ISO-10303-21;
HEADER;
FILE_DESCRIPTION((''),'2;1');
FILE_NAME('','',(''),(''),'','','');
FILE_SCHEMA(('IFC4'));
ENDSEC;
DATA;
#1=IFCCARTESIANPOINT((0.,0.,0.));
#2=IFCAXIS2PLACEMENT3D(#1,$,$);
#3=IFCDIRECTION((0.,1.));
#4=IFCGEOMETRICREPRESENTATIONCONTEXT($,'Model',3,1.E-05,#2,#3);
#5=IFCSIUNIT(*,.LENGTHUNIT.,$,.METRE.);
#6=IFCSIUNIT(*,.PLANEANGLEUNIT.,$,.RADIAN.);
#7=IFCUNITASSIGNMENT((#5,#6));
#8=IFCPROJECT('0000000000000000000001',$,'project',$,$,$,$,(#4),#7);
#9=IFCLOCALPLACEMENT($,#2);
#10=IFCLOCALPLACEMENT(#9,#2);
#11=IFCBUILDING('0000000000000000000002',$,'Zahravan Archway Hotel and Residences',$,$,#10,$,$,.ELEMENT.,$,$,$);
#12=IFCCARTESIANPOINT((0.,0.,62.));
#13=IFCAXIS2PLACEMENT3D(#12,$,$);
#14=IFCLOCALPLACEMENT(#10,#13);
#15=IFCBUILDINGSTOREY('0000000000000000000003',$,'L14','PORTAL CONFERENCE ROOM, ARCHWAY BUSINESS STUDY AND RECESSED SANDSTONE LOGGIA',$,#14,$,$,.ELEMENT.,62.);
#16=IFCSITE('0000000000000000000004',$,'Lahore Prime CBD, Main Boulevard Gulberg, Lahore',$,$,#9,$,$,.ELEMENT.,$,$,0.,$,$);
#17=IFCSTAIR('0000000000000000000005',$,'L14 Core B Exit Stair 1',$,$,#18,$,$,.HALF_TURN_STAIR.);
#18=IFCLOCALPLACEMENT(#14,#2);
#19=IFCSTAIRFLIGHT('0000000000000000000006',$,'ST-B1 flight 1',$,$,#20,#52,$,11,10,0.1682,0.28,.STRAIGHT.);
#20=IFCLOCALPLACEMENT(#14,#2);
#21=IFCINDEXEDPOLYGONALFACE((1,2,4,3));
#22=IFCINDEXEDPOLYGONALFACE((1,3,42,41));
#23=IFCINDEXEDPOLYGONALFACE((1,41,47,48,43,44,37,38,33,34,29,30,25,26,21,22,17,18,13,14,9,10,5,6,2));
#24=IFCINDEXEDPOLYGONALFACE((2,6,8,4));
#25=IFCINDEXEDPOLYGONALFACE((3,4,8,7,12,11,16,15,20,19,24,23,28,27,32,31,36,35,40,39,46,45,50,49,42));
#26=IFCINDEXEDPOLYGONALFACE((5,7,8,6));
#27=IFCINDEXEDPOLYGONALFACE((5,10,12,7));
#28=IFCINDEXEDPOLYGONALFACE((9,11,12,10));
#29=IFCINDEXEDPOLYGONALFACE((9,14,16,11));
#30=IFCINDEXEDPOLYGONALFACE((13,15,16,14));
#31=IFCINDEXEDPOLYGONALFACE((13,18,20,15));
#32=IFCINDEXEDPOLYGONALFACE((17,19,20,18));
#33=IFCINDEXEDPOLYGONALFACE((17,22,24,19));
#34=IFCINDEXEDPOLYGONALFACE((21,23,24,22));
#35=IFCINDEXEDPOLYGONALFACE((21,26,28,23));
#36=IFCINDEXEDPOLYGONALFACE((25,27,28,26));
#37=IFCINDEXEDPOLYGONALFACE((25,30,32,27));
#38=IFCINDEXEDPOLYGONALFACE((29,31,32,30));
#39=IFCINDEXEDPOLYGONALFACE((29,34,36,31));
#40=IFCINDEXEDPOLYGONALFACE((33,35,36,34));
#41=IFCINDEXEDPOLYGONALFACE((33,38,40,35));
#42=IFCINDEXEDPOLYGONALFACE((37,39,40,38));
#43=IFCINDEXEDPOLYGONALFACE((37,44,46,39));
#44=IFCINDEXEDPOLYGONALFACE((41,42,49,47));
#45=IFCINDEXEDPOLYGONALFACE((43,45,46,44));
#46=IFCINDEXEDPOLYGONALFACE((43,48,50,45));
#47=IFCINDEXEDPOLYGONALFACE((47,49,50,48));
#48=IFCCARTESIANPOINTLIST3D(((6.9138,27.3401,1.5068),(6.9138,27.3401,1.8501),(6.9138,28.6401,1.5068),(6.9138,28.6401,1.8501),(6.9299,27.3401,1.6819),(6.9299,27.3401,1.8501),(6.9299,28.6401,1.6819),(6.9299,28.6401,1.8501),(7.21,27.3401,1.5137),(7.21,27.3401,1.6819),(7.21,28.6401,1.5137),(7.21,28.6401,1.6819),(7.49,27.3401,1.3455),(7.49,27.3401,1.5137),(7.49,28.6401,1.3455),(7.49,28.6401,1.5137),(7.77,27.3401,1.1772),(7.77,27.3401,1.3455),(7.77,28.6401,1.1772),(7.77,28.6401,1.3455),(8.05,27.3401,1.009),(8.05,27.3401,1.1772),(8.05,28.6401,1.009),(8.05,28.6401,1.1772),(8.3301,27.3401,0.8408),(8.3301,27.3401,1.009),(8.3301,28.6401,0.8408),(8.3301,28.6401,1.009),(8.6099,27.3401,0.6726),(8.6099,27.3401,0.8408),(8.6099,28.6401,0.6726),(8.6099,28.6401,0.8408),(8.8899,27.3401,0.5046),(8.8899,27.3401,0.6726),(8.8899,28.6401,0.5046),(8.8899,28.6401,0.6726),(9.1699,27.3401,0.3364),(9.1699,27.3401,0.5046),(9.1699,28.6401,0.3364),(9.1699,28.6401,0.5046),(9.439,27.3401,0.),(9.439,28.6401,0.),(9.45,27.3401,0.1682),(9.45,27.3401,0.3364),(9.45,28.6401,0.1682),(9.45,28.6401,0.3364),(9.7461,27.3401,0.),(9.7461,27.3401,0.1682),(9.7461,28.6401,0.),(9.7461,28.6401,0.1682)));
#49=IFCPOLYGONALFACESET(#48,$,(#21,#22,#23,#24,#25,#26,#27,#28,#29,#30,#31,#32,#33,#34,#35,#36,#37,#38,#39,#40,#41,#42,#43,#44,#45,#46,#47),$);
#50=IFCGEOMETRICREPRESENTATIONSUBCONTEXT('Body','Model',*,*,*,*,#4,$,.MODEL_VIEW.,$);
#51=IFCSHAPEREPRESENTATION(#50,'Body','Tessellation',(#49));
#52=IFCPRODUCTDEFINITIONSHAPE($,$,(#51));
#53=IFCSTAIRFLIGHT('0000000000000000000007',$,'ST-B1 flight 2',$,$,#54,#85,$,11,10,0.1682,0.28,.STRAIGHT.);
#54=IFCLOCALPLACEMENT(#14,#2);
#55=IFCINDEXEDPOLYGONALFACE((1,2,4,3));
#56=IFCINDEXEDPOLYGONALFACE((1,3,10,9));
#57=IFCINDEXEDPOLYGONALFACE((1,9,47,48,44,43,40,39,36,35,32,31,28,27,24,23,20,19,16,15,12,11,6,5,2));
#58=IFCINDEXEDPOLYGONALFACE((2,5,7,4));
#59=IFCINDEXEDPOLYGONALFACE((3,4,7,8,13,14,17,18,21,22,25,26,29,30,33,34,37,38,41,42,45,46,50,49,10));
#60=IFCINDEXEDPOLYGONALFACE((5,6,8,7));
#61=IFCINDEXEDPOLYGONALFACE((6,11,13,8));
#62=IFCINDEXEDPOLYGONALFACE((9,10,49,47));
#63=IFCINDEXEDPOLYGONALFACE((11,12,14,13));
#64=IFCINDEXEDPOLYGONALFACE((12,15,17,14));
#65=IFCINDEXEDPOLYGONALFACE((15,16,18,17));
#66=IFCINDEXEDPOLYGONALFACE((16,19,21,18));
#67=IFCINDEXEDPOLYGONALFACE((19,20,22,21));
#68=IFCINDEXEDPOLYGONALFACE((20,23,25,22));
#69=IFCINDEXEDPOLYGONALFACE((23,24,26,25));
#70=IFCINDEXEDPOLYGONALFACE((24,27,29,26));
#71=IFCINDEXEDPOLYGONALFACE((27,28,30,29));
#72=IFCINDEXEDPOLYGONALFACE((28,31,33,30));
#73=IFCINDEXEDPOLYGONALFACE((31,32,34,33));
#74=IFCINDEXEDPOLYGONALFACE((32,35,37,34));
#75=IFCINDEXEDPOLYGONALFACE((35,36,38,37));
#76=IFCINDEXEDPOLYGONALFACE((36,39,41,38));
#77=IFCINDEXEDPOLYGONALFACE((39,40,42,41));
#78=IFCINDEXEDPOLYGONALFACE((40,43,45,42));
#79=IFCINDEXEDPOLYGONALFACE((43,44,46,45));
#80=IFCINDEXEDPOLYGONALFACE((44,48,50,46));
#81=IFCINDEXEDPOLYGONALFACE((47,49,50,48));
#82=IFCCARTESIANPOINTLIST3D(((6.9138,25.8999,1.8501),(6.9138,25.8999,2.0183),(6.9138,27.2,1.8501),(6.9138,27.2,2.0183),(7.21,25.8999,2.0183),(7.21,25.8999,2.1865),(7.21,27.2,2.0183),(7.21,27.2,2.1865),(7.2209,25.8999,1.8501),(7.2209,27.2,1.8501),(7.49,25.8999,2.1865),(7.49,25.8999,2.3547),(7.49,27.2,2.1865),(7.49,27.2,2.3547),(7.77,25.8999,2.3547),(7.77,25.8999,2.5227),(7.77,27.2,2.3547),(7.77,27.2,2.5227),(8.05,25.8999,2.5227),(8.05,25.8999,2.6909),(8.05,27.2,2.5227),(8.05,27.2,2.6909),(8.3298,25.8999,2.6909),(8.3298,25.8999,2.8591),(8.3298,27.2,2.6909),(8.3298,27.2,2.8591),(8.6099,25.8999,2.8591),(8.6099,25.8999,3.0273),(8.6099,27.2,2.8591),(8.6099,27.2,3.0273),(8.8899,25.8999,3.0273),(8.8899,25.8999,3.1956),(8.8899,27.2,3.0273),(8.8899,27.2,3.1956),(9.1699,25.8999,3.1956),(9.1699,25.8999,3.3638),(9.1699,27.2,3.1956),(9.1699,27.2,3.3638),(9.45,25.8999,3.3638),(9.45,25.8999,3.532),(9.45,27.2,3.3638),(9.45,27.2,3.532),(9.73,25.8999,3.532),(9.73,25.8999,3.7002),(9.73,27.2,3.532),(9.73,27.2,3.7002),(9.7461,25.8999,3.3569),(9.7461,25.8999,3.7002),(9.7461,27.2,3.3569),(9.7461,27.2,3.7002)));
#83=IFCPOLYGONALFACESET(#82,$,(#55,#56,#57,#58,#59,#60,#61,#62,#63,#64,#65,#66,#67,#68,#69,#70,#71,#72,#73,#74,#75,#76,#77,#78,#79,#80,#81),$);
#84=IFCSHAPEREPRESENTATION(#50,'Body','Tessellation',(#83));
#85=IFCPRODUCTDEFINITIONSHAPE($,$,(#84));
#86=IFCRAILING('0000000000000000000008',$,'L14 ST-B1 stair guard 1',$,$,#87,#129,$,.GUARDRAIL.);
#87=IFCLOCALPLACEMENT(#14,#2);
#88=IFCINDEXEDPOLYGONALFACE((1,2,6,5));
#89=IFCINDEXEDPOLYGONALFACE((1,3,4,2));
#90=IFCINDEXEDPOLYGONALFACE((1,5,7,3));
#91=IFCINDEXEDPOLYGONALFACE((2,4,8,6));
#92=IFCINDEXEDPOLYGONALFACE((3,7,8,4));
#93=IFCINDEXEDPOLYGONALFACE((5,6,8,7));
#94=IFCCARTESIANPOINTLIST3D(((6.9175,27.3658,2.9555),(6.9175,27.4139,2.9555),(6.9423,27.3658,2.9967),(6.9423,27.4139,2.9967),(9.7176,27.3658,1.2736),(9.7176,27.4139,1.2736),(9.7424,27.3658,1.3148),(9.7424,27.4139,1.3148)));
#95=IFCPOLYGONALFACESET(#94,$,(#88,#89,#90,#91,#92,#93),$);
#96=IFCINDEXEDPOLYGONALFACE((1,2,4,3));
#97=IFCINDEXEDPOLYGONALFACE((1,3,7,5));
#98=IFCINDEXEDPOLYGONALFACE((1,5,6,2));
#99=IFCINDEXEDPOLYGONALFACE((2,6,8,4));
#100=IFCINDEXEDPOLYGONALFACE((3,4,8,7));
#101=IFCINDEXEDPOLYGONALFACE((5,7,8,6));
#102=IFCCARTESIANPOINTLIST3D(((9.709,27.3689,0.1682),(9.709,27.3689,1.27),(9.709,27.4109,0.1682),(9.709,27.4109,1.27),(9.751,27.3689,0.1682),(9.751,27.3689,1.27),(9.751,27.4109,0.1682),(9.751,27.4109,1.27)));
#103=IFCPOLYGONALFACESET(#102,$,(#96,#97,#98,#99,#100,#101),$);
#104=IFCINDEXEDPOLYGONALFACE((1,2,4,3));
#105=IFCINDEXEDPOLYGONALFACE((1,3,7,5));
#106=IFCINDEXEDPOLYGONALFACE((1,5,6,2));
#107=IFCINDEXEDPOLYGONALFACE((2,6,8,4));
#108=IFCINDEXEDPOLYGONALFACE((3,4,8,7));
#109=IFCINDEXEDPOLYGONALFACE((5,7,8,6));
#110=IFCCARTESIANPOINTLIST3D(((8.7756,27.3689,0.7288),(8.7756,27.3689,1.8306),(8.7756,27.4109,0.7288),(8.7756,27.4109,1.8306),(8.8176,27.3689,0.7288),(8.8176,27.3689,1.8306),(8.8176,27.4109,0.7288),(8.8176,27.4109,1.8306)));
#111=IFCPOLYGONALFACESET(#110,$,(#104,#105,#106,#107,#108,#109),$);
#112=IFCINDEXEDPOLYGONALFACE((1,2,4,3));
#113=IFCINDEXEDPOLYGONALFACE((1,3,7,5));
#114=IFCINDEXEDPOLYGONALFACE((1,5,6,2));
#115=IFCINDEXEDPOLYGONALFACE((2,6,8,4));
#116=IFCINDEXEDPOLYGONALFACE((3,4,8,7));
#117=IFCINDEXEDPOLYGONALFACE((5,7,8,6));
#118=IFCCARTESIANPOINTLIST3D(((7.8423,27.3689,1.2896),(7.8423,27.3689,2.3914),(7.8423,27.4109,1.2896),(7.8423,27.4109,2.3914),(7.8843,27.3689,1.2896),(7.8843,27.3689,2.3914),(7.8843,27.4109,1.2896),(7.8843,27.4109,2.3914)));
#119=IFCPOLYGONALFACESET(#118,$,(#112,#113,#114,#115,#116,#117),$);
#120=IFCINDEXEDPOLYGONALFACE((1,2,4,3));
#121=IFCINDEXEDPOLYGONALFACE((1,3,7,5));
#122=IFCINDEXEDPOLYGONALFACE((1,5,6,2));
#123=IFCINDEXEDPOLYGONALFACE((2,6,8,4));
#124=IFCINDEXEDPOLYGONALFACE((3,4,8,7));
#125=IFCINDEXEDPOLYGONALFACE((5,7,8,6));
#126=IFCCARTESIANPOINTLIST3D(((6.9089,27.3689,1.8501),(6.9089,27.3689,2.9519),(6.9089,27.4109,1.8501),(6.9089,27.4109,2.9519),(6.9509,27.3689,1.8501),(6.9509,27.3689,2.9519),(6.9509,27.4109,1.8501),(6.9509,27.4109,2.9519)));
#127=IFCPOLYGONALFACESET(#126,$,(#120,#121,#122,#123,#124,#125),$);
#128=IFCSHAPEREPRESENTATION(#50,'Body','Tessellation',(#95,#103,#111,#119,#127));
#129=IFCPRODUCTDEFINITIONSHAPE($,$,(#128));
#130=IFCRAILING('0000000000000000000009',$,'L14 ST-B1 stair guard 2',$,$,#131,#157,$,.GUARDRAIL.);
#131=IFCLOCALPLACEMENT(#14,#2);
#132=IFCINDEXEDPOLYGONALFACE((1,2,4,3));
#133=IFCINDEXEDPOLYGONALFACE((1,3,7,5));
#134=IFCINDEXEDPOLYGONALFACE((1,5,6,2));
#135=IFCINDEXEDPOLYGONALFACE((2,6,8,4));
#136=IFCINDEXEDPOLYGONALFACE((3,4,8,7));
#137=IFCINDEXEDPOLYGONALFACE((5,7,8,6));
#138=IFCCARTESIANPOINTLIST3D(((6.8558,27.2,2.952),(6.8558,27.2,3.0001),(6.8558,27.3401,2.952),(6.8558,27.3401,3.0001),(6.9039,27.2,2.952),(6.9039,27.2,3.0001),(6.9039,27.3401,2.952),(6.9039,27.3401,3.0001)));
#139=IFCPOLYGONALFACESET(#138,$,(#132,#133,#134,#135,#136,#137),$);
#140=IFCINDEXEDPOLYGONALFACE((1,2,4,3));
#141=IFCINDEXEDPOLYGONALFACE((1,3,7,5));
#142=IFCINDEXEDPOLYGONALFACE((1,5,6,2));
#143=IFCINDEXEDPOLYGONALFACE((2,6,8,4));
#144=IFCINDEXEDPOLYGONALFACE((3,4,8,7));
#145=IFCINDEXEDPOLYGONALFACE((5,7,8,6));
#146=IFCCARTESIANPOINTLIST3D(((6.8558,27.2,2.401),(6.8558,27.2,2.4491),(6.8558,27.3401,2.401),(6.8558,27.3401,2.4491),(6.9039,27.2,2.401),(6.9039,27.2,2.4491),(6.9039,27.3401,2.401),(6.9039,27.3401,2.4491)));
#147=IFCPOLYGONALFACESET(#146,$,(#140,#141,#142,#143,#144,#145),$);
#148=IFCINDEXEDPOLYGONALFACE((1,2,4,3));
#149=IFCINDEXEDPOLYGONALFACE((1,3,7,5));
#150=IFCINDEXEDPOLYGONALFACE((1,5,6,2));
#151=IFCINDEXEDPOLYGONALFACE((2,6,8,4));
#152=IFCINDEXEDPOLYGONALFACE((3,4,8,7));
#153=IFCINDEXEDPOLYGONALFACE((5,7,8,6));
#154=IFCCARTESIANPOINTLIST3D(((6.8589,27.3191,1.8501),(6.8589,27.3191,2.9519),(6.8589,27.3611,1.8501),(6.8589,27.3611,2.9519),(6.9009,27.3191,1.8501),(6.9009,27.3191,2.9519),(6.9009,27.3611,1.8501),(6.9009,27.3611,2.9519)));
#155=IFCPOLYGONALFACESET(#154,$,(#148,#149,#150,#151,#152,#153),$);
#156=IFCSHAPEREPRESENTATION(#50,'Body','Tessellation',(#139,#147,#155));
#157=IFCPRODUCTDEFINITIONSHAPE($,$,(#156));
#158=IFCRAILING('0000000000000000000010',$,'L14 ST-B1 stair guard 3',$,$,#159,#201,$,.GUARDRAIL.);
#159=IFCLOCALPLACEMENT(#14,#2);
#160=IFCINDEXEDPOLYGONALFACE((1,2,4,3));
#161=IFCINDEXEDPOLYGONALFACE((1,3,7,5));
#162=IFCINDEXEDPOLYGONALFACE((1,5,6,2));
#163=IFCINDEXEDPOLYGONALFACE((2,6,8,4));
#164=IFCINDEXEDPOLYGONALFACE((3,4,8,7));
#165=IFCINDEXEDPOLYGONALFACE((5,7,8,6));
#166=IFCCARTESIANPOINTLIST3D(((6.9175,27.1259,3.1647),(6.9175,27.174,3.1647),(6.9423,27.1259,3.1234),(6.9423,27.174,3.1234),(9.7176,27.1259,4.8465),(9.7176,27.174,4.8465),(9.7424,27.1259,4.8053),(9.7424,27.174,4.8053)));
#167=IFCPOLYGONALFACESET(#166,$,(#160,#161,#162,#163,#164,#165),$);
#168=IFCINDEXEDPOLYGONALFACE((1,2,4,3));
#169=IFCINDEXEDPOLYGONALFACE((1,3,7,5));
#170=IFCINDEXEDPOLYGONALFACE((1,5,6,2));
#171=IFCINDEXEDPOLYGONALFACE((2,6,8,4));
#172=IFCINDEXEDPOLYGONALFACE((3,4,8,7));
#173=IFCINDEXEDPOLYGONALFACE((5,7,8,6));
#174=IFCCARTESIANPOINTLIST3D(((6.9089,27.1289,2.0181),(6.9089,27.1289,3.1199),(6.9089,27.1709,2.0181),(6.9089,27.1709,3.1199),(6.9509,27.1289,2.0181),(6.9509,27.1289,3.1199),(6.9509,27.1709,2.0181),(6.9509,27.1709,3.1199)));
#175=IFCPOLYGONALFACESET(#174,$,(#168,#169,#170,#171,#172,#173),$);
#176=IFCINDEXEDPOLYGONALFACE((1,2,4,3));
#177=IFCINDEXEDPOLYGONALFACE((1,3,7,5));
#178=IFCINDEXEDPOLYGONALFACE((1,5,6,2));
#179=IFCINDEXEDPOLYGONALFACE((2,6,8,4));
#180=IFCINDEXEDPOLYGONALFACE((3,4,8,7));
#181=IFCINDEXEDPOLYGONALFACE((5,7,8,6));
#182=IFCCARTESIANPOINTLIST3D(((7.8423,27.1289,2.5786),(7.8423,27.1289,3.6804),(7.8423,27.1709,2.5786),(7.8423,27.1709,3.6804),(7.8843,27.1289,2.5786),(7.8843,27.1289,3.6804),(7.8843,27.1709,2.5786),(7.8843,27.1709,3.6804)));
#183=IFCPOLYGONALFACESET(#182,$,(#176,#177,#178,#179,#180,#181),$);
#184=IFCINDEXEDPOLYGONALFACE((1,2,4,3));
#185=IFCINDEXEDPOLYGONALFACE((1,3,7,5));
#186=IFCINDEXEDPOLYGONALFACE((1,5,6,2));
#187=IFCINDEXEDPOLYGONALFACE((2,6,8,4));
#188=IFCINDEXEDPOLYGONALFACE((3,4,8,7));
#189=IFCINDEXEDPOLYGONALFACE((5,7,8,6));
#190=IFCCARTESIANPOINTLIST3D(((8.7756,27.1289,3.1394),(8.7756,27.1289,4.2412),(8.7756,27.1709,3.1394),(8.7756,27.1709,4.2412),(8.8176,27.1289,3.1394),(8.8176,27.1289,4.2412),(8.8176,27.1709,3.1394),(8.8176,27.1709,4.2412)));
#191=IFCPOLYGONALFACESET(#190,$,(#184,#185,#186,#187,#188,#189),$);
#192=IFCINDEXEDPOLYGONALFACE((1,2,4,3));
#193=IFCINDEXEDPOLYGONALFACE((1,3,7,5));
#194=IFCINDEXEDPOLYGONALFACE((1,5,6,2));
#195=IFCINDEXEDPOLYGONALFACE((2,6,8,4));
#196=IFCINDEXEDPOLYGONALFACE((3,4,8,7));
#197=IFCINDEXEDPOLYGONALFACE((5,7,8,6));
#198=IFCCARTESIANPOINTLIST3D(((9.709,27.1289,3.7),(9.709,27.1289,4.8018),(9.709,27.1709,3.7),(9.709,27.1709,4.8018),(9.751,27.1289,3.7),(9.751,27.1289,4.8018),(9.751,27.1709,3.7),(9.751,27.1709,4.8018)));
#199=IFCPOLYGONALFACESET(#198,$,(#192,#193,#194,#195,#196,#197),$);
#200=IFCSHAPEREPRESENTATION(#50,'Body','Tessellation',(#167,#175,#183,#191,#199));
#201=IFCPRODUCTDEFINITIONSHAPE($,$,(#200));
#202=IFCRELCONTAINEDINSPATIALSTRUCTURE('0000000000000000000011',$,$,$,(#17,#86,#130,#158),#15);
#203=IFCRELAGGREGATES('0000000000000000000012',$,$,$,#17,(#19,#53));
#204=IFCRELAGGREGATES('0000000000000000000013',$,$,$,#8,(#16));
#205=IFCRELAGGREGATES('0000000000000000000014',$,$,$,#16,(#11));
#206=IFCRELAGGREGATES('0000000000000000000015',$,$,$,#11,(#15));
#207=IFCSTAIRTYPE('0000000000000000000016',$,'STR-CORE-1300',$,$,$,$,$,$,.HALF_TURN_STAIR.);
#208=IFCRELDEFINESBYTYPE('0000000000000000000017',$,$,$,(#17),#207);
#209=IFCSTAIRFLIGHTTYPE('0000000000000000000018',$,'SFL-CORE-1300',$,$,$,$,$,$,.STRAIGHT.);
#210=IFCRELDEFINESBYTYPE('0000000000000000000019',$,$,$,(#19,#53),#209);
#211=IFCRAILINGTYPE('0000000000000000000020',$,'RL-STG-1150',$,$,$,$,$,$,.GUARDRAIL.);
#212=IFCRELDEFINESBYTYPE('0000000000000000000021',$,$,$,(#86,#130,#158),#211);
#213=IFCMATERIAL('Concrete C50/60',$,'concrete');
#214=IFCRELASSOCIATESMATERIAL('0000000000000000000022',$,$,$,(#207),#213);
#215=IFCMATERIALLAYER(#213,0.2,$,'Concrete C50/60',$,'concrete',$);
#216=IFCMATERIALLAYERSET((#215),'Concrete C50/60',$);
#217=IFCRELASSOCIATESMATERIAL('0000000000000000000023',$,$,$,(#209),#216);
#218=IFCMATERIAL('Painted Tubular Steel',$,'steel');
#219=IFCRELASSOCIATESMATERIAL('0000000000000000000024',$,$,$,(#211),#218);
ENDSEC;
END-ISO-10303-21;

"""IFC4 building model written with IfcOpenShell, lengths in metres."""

from ifc_helpers import new_model, si_unit, direction, frame, origin, origin_2d, place, context, subcontext, project, spatial, polyline, rectangle, outline, extrude, source, transform, mapped, material, layer, layer_set, type_object, element, aggregate, save


model = new_model("IFC4")

# Units and contexts
model_context = context("Model", 3, precision=1e-05, world=origin(), true_north=direction((0.0, 1.0)))
body_context = subcontext(model_context, "Body", "Model", "MODEL_VIEW")
ifc_project = project(units=[si_unit("LENGTHUNIT", "METRE"), si_unit("PLANEANGLEUNIT", "RADIAN")], contexts=[model_context])

# Site, building, storey
site_placement = place(None, origin())
site = spatial("IfcSite", under=ifc_project, at=site_placement, Name="Lahore Prime CBD, Main Boulevard Gulberg, Lahore", CompositionType="ELEMENT", RefElevation=0.0)
building_placement = place(site_placement, origin())
building = spatial("IfcBuilding", under=site, at=building_placement, Name="Zahravan Archway Hotel and Residences", CompositionType="ELEMENT")
storey_placement = place(building_placement, frame((0.0, 0.0, 62.0)))
storey = spatial("IfcBuildingStorey", under=building, at=storey_placement, Name="L14", Description="PORTAL CONFERENCE ROOM, ARCHWAY BUSINESS STUDY AND RECESSED SANDSTONE LOGGIA", CompositionType="ELEMENT", Elevation=62.0)

# Shared definitions
ifc_material_1 = material(Name="Concrete C50/60", Category="concrete")

# Stair, stair flights
stair_type = type_object("IfcStairType", Name="STR-CORE-1300", PredefinedType="HALF_TURN_STAIR", material=ifc_material_1)
stair_placement = place(storey_placement, origin())
stair = element("IfcStair", 1, at=stair_placement, inside=storey, type_object=stair_type, Name="L14 Core B Exit Stair 1", PredefinedType="HALF_TURN_STAIR")
ifc_layer_1 = layer(ifc_material_1, 0.2, Name="Concrete C50/60", Category="concrete")
ifc_layer_set_1 = layer_set([ifc_layer_1], Name="Concrete C50/60")
stair_flight_type = type_object("IfcStairFlightType", Name="SFL-CORE-1300", PredefinedType="STRAIGHT", material=ifc_layer_set_1)
shared_shape_1 = source(origin(), body_context, "Body", "SweptSolid", [
    extrude(outline(polyline([(-0.0161, 0.0), (-0.0161, 0.1682), (0.28, 0.1682), (0.28, 0.3364), (0.5601, 0.3364), (0.5601, 0.5046), (0.8401, 0.5046), (0.8401, 0.6726), (1.1201, 0.6726), (1.1201, 0.8408), (1.3999, 0.8408), (1.3999, 1.009), (1.6799, 1.009), (1.6799, 1.1772), (1.96, 1.1772), (1.96, 1.3455), (2.24, 1.3455), (2.24, 1.5137), (2.52, 1.5137), (2.52, 1.6819), (2.8, 1.6819), (2.8, 1.8501), (2.8162, 1.8501), (2.8162, 1.5068), (0.291, 0.0), (-0.0161, 0.0)])), frame((0.0, 0.6499, 0.0), z_axis=(0.0, -1.0, 0.0), x_axis=(1.0, 0.0, 0.0)), (0.0, 0.0, 1.0), 1.3),
])
stair_flight_1_placement = place(storey_placement, frame((9.73, 27.99, 0.0), z_axis=(0.0, 0.0, 1.0), x_axis=(-1.0, 0.0, 0.0)))
stair_flight_1 = element("IfcStairFlight", 2, at=stair_flight_1_placement, type_object=stair_flight_type, Name="ST-B1 flight 1", NumberOfRisers=11, NumberOfTreads=10, PredefinedType="STRAIGHT", RiserHeight=0.1682, TreadLength=0.28, context=body_context, shape_type="MappedRepresentation", body=[
    mapped(shared_shape_1, transform((0.0, 0.0, 0.0), scale=1.0)),
])
stair_flight_2_placement = place(storey_placement, frame((6.9299, 26.55, 1.8501), z_axis=(0.0, 0.0, 1.0), x_axis=(1.0, 0.0, 0.0)))
stair_flight_2 = element("IfcStairFlight", 3, at=stair_flight_2_placement, type_object=stair_flight_type, Name="ST-B1 flight 2", NumberOfRisers=11, NumberOfTreads=10, PredefinedType="STRAIGHT", RiserHeight=0.1682, TreadLength=0.28, context=body_context, shape_type="MappedRepresentation", body=[
    mapped(shared_shape_1, transform((0.0, 0.0, 0.0), scale=1.0)),
])
aggregate(stair, [stair_flight_1, stair_flight_2])

# Railings
ifc_material_2 = material(Name="Painted Tubular Steel", Category="steel")
railing_type_1 = type_object("IfcRailingType", Name="RL-STG-1150", PredefinedType="GUARDRAIL", material=ifc_material_2)
railing_1_placement = place(storey_placement, frame((9.73, 27.3899, 0.1682)))
element("IfcRailing", 4, at=railing_1_placement, inside=storey, type_object=railing_type_1, Name="L14 ST-B1 stair guard 1", PredefinedType="GUARDRAIL", context=body_context, shape_type="SweptSolid", body=[
    extrude(rectangle(XDim=0.0481, YDim=0.0481, at=origin_2d()), frame((0.0, 0.0, 1.126), z_axis=(-0.857242, 0.0, 0.514913), x_axis=(0.0, -1.0, 0.0)), (0.0, 0.0, 1.0), 3.2664),
    extrude(rectangle(XDim=0.042, YDim=0.042, at=origin_2d()), origin(), (0.0, 0.0, 1.0), 1.1018),
    extrude(rectangle(XDim=0.042, YDim=0.042, at=origin_2d()), frame((-0.9333, 0.0, 0.5605)), (0.0, 0.0, 1.0), 1.1018),
    extrude(rectangle(XDim=0.042, YDim=0.042, at=origin_2d()), frame((-1.8667, 0.0, 1.1213)), (0.0, 0.0, 1.0), 1.1018),
    extrude(rectangle(XDim=0.042, YDim=0.042, at=origin_2d()), frame((-2.8, 0.0, 1.6819)), (0.0, 0.0, 1.0), 1.1018),
])
railing_2_placement = place(storey_placement, frame((6.8799, 27.3401, 1.8501)))
element("IfcRailing", 5, at=railing_2_placement, inside=storey, type_object=railing_type_1, Name="L14 ST-B1 stair guard 2", PredefinedType="GUARDRAIL", context=body_context, shape_type="SweptSolid", body=[
    extrude(rectangle(XDim=0.0481, YDim=0.0481, at=origin_2d()), frame((0.0, 0.0, 1.126), z_axis=(0.0, -1.0, 0.0), x_axis=(1.0, 0.0, 0.0)), (0.0, 0.0, 1.0), 0.1401),
    extrude(rectangle(XDim=0.0481, YDim=0.0481, at=origin_2d()), frame((0.0, 0.0, 0.575), z_axis=(0.0, -1.0, 0.0), x_axis=(1.0, 0.0, 0.0)), (0.0, 0.0, 1.0), 0.1401),
    extrude(rectangle(XDim=0.042, YDim=0.042, at=origin_2d()), origin(), (0.0, 0.0, 1.0), 1.1018),
])
railing_3_placement = place(storey_placement, frame((6.9299, 27.1499, 2.0181)))
element("IfcRailing", 6, at=railing_3_placement, inside=storey, type_object=railing_type_1, Name="L14 ST-B1 stair guard 3", PredefinedType="GUARDRAIL", context=body_context, shape_type="SweptSolid", body=[
    extrude(rectangle(XDim=0.0481, YDim=0.0481, at=origin_2d()), frame((0.0, 0.0, 1.126), z_axis=(0.857242, 0.0, 0.514913), x_axis=(0.0, 1.0, 0.0)), (0.0, 0.0, 1.0), 3.2664),
    extrude(rectangle(XDim=0.042, YDim=0.042, at=origin_2d()), origin(), (0.0, 0.0, 1.0), 1.1018),
    extrude(rectangle(XDim=0.042, YDim=0.042, at=origin_2d()), frame((0.9333, 0.0, 0.5605)), (0.0, 0.0, 1.0), 1.1018),
    extrude(rectangle(XDim=0.042, YDim=0.042, at=origin_2d()), frame((1.8667, 0.0, 1.1213)), (0.0, 0.0, 1.0), 1.1018),
    extrude(rectangle(XDim=0.042, YDim=0.042, at=origin_2d()), frame((2.8, 0.0, 1.6819)), (0.0, 0.0, 1.0), 1.1018),
])

save(model, "model.ifc")
